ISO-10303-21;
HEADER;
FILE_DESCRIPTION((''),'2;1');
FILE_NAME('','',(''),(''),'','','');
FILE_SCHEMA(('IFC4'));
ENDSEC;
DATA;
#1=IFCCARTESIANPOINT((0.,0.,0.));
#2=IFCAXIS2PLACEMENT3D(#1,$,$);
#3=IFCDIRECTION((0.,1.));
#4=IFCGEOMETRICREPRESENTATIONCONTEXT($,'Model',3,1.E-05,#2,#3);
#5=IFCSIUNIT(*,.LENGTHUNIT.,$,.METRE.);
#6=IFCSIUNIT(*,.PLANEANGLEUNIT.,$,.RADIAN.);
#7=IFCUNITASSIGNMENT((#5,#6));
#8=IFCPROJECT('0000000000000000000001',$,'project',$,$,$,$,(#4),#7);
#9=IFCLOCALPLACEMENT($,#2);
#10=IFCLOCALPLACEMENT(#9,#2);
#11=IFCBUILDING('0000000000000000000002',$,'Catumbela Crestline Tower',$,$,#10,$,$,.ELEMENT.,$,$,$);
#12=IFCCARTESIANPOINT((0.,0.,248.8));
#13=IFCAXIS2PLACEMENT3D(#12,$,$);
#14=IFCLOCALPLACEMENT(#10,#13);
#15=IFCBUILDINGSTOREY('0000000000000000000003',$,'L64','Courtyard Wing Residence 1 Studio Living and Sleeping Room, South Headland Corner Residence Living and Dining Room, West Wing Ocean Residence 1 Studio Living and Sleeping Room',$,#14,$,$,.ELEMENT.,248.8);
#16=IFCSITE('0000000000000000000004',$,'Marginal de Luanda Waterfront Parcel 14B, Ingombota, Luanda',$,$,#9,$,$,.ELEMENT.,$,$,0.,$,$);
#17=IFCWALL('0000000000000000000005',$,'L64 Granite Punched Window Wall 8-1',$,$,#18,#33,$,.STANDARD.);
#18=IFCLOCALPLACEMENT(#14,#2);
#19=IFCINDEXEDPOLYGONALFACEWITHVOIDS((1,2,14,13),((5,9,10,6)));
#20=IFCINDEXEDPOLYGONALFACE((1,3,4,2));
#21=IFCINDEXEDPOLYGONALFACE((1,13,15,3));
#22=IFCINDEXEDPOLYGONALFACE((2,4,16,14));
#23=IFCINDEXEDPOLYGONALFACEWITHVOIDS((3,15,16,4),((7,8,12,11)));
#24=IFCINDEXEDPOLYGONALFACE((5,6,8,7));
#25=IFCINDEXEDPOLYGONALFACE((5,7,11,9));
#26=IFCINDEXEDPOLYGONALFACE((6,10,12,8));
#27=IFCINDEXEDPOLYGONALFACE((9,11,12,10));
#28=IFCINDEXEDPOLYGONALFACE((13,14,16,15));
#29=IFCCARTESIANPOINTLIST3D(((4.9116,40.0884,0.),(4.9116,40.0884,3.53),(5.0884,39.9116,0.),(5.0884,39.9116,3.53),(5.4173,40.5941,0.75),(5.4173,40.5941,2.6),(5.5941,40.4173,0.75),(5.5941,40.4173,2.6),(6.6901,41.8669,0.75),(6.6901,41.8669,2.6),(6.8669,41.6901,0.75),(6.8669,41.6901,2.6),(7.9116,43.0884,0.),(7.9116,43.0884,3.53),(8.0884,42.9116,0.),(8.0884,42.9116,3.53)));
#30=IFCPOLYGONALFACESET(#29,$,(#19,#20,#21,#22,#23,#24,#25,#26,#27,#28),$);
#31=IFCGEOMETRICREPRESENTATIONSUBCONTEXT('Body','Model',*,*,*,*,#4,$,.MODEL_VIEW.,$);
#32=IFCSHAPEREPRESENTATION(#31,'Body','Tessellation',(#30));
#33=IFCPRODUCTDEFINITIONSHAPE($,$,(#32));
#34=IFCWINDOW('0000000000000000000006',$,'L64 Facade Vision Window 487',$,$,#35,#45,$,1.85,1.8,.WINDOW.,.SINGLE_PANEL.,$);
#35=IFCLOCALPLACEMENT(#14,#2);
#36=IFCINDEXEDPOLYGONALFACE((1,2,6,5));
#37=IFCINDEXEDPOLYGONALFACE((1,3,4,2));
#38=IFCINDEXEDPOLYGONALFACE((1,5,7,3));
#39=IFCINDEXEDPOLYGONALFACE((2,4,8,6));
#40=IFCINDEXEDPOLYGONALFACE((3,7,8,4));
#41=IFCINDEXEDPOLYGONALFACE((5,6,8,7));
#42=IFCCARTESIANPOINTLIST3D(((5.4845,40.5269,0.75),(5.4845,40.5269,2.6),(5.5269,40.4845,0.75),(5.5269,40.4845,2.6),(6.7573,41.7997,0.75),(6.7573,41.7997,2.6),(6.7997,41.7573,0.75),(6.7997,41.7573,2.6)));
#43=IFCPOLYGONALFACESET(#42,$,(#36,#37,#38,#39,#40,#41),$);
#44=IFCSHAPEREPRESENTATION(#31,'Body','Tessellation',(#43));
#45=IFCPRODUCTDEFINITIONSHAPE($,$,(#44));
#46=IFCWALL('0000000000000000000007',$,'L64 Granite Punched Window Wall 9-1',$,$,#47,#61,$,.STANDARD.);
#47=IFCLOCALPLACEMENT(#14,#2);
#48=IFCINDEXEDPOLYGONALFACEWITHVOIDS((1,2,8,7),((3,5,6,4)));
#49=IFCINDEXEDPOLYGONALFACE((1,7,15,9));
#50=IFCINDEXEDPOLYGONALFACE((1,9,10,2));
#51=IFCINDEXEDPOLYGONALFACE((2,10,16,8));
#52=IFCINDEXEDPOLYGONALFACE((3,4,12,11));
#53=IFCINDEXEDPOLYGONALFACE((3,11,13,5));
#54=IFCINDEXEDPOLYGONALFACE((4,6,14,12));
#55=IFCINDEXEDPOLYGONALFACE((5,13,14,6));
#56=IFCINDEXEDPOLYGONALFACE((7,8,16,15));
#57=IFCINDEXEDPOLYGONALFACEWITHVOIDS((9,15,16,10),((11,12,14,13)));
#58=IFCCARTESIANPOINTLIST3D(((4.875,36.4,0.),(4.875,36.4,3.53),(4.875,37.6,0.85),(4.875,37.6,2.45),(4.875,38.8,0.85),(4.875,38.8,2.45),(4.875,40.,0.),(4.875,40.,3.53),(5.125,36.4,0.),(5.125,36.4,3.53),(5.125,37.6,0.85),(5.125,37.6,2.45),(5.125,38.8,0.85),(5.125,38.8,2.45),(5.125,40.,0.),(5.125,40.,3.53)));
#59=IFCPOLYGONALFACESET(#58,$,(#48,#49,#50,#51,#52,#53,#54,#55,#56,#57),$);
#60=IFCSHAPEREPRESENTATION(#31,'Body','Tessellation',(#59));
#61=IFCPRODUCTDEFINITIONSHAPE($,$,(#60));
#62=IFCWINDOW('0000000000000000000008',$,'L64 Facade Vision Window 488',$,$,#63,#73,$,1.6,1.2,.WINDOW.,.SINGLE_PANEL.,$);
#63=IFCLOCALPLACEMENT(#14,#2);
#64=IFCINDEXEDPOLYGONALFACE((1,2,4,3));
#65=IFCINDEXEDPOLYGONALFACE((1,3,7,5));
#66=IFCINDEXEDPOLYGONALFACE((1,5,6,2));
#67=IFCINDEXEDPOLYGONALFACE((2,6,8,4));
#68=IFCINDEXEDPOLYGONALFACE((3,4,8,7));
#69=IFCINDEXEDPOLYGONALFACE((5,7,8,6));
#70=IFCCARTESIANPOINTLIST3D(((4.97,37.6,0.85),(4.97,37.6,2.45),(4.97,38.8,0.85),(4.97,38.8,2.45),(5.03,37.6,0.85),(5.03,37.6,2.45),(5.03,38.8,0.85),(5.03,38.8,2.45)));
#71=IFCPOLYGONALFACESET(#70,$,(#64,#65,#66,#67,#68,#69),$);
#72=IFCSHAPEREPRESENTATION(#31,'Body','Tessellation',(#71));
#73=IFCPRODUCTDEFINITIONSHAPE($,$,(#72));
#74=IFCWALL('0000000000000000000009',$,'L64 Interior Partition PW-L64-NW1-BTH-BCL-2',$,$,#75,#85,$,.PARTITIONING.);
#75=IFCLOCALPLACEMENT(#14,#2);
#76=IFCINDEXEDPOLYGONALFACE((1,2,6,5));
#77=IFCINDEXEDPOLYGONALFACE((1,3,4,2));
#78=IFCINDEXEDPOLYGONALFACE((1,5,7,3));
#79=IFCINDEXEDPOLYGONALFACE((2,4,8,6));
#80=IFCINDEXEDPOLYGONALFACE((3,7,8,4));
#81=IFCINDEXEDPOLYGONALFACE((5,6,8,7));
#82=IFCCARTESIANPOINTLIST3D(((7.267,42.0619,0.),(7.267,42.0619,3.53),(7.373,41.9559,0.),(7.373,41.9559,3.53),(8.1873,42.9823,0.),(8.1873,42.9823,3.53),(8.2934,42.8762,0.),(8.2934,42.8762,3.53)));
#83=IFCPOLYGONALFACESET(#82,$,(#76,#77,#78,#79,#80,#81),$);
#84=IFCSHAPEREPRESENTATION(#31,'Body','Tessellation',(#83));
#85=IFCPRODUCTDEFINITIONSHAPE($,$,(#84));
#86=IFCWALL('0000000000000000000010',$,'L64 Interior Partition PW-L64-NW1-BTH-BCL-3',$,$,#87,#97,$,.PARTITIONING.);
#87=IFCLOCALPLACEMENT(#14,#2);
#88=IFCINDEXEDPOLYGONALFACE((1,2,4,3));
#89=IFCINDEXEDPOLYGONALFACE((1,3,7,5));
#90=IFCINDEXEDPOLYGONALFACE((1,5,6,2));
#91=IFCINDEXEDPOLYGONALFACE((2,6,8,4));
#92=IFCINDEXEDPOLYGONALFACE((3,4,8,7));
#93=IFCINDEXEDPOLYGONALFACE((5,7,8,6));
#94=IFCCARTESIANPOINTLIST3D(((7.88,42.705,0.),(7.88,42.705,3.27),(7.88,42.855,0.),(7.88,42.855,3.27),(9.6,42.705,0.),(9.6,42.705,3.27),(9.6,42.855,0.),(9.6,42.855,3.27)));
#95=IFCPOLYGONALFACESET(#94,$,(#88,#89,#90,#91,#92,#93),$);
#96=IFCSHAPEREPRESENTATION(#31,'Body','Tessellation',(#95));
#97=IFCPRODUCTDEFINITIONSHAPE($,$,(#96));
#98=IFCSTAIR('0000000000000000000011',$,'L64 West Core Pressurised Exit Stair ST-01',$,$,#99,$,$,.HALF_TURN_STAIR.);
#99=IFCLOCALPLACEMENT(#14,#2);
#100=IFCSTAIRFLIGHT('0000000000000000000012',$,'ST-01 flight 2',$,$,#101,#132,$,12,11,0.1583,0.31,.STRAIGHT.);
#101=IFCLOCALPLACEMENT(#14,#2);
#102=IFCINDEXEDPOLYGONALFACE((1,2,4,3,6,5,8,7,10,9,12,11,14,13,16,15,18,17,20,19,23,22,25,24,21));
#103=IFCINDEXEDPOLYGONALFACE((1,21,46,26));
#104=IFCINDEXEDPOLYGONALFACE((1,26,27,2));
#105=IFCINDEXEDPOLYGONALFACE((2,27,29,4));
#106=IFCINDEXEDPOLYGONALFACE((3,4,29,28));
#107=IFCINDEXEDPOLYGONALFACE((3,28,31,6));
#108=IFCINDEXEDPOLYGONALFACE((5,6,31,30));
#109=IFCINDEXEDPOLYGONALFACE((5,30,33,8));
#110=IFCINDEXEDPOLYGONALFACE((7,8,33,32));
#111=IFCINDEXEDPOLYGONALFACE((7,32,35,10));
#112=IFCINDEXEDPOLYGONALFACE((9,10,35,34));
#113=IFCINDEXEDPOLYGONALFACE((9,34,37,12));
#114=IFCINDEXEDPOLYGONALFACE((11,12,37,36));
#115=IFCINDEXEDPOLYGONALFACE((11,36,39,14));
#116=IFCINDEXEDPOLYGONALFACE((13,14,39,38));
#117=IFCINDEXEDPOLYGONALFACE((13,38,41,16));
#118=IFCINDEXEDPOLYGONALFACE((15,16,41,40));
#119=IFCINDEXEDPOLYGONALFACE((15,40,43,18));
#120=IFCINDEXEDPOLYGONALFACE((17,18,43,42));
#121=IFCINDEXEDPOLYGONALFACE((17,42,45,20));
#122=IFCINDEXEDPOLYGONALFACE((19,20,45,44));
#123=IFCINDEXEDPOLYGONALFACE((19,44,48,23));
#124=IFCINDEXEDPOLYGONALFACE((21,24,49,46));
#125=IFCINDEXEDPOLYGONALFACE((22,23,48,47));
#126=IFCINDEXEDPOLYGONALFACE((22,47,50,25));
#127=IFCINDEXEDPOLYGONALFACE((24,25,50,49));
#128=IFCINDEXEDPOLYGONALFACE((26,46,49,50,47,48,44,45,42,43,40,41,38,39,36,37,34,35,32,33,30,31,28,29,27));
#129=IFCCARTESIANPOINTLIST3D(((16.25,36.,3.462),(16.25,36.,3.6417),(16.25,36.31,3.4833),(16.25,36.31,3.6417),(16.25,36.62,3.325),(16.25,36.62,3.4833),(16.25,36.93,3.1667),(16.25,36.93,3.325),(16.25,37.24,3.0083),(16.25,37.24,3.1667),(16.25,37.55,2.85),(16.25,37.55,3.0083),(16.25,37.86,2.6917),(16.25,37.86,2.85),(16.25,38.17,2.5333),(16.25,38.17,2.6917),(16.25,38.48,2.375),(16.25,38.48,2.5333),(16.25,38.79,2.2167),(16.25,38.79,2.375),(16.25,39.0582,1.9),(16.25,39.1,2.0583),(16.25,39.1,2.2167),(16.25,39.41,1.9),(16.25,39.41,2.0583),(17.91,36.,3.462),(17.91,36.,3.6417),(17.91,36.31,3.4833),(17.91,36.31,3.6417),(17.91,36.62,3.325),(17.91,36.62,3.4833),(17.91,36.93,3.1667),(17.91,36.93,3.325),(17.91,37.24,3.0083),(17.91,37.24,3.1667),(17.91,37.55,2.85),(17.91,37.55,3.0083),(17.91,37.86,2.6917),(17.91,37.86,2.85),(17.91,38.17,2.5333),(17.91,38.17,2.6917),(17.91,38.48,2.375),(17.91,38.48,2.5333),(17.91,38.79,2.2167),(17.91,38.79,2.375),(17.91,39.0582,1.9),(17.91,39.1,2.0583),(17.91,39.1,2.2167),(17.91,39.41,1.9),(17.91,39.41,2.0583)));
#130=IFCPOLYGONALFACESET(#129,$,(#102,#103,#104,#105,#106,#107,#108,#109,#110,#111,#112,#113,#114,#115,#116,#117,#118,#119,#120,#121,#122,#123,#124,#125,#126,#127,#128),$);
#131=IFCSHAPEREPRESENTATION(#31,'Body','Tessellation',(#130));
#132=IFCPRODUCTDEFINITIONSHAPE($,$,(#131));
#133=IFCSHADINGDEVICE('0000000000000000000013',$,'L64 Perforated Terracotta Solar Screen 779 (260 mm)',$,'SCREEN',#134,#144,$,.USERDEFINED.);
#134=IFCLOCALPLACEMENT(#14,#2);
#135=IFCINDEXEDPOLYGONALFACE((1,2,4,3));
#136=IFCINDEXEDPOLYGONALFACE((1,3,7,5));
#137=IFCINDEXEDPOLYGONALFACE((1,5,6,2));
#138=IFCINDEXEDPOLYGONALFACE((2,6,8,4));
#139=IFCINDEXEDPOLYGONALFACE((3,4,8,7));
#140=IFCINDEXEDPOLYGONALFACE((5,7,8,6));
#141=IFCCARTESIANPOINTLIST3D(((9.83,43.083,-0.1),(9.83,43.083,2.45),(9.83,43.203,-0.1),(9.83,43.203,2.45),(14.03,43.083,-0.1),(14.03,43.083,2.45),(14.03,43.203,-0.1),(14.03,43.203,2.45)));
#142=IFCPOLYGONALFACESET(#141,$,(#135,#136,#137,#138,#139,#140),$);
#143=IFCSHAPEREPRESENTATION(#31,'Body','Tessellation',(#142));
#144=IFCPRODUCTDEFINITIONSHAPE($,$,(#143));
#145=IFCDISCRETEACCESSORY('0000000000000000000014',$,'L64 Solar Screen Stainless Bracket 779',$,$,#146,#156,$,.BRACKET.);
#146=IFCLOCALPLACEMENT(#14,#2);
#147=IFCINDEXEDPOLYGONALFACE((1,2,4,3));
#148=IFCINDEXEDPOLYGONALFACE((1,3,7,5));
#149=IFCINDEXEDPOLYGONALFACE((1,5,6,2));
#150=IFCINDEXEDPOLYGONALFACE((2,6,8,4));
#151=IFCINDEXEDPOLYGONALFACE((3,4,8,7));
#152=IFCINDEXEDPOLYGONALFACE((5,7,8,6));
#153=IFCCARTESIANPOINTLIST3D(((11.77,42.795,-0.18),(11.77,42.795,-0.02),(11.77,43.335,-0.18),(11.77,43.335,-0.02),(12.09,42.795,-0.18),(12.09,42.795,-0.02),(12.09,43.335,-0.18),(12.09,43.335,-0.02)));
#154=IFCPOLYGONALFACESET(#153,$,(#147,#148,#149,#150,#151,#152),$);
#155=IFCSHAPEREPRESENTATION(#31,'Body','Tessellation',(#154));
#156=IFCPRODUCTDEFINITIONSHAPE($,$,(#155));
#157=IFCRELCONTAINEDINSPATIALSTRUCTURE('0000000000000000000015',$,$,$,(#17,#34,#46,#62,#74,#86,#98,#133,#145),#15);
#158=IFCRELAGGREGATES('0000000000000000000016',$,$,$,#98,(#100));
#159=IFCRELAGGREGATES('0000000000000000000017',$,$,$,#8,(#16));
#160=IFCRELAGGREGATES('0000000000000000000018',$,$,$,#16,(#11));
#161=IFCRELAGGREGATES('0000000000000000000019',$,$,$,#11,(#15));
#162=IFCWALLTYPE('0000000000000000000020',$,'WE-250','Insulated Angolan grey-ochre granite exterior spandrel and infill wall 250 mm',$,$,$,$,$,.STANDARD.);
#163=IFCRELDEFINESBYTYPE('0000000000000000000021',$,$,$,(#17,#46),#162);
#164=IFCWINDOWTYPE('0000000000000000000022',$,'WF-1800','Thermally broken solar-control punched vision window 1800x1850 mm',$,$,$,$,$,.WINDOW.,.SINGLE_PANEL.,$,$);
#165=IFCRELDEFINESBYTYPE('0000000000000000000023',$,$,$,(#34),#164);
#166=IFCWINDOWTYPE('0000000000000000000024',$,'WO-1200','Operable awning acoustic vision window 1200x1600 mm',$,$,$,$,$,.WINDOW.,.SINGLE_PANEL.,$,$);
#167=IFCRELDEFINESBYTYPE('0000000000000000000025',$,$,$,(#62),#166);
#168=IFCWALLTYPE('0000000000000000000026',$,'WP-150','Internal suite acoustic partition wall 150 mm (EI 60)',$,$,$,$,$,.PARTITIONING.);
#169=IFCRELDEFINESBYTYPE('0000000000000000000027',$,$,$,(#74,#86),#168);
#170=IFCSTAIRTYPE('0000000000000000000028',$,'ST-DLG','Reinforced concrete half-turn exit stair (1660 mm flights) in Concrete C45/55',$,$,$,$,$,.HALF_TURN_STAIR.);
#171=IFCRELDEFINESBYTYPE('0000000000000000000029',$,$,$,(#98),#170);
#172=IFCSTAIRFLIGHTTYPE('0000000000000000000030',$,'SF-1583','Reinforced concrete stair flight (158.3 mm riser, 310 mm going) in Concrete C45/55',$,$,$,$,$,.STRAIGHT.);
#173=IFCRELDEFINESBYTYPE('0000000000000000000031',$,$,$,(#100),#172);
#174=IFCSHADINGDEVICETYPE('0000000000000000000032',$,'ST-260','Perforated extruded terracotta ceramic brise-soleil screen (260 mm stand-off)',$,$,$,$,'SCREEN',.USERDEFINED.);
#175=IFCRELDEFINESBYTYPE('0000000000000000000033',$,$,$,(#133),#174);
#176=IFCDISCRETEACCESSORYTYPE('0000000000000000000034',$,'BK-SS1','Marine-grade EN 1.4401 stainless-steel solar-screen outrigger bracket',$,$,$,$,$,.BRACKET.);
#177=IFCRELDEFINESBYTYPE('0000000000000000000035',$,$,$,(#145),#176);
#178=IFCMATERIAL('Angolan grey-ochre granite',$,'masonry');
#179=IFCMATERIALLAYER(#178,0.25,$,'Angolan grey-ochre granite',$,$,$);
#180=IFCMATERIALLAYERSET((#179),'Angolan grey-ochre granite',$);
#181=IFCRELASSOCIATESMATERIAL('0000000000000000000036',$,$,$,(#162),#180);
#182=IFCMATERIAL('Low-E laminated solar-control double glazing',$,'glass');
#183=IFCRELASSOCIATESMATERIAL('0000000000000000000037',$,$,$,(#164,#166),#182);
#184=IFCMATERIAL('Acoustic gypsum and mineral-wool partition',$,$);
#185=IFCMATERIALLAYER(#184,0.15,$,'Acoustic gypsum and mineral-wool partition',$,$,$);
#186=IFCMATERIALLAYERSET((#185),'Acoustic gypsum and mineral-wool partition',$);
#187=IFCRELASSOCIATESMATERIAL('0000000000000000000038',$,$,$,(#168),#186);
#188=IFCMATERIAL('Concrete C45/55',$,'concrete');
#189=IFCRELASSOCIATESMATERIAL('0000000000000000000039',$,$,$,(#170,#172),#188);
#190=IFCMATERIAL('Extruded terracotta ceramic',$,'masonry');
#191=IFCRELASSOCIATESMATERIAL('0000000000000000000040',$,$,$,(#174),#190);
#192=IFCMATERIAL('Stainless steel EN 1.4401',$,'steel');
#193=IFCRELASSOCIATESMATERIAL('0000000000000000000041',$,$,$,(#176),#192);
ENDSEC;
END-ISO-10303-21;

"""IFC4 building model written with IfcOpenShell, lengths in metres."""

from ifc_helpers import new_model, si_unit, direction, frame, frame_2d, origin, origin_2d, place, context, subcontext, project, spatial, polyline, rectangle, outline, extrude, material, layer, layer_set, type_object, element, fill, aggregate, save


model = new_model("IFC4")

# Units and contexts
model_context = context("Model", 3, precision=1e-05, world=origin(), true_north=direction((0.0, 1.0)))
body_context = subcontext(model_context, "Body", "Model", "MODEL_VIEW")
ifc_project = project(units=[si_unit("LENGTHUNIT", "METRE"), si_unit("PLANEANGLEUNIT", "RADIAN")], contexts=[model_context])

# Site, building, storey
site_placement = place(None, origin())
site = spatial("IfcSite", under=ifc_project, at=site_placement, Name="Marginal de Luanda Waterfront Parcel 14B, Ingombota, Luanda", CompositionType="ELEMENT", RefElevation=0.0)
building_placement = place(site_placement, origin())
building = spatial("IfcBuilding", under=site, at=building_placement, Name="Catumbela Crestline Tower", CompositionType="ELEMENT")
storey_placement = place(building_placement, frame((0.0, 0.0, 248.8)))
storey = spatial("IfcBuildingStorey", under=building, at=storey_placement, Name="L64", Description="Courtyard Wing Residence 1 Studio Living and Sleeping Room, South Headland Corner Residence Living and Dining Room, West Wing Ocean Residence 1 Studio Living and Sleeping Room", CompositionType="ELEMENT", Elevation=248.8)

# Shared definitions
ifc_material_1 = material(Name="Concrete C45/55", Category="concrete")

# Shared definitions
ifc_material_2 = material(Name="Low-E laminated solar-control double glazing", Category="glass")

# Walls, openings, windows
ifc_material_3 = material(Name="Angolan grey-ochre granite", Category="masonry")
ifc_layer_1 = layer(ifc_material_3, 0.25, Name="Angolan grey-ochre granite")
ifc_layer_set_1 = layer_set([ifc_layer_1], Name="Angolan grey-ochre granite")
wall_type_1 = type_object("IfcWallType", Name="WE-250", Description="Insulated Angolan grey-ochre granite exterior spandrel and infill wall 250 mm", PredefinedType="STANDARD", material=ifc_layer_set_1)
wall_1_placement = place(storey_placement, frame((8.0, 43.0, 0.0), z_axis=(0.0, 0.0, 1.0), x_axis=(-0.707107, -0.707107, 0.0)))
wall_1 = element("IfcWall", 1, at=wall_1_placement, inside=storey, type_object=wall_type_1, Name="L64 Granite Punched Window Wall 8-1", PredefinedType="STANDARD", context=body_context, shape_type="SweptSolid", body=[
    extrude(rectangle(XDim=4.2426, YDim=0.25, at=frame_2d((2.1213, 0.0))), origin(), (0.0, 0.0, 1.0), 3.53),
])
opening_1_placement = place(wall_1_placement, frame((1.7275, 0.0, 0.75)))
opening_1 = element("IfcOpeningElement", 2, at=opening_1_placement, cuts=wall_1, PredefinedType="OPENING", context=body_context, shape_type="SweptSolid", body=[
    extrude(rectangle(XDim=1.8, YDim=1.85, at=frame_2d((0.9, 0.925))), frame((0.0, 0.135, 0.0), z_axis=(0.0, -1.0, 0.0), x_axis=(1.0, 0.0, 0.0)), (0.0, 0.0, 1.0), 0.27),
])
window_type_1 = type_object("IfcWindowType", Name="WF-1800", Description="Thermally broken solar-control punched vision window 1800x1850 mm", PartitioningType="SINGLE_PANEL", PredefinedType="WINDOW", material=ifc_material_2)
window_1_placement = place(opening_1_placement, origin())
window_1 = element("IfcWindow", 3, at=window_1_placement, inside=storey, type_object=window_type_1, Name="L64 Facade Vision Window 487", OverallHeight=1.85, OverallWidth=1.8, PartitioningType="SINGLE_PANEL", PredefinedType="WINDOW", context=body_context, shape_type="SweptSolid", body=[
    extrude(rectangle(XDim=1.8, YDim=1.85, at=frame_2d((0.9, 0.925))), frame((0.0, 0.03, 0.0), z_axis=(0.0, -1.0, 0.0), x_axis=(1.0, 0.0, 0.0)), (0.0, 0.0, 1.0), 0.06),
])
fill(opening_1, window_1)
wall_2_placement = place(storey_placement, frame((5.0, 40.0, 0.0), z_axis=(0.0, 0.0, 1.0), x_axis=(0.0, -1.0, 0.0)))
wall_2 = element("IfcWall", 4, at=wall_2_placement, inside=storey, type_object=wall_type_1, Name="L64 Granite Punched Window Wall 9-1", PredefinedType="STANDARD", context=body_context, shape_type="SweptSolid", body=[
    extrude(rectangle(XDim=3.6, YDim=0.25, at=frame_2d((1.8, 0.0))), origin(), (0.0, 0.0, 1.0), 3.53),
])
opening_2_placement = place(wall_2_placement, frame((1.2, 0.0, 0.85)))
opening_2 = element("IfcOpeningElement", 5, at=opening_2_placement, cuts=wall_2, PredefinedType="OPENING", context=body_context, shape_type="SweptSolid", body=[
    extrude(rectangle(XDim=1.2, YDim=1.6, at=frame_2d((0.6, 0.8))), frame((0.0, 0.135, 0.0), z_axis=(0.0, -1.0, 0.0), x_axis=(1.0, 0.0, 0.0)), (0.0, 0.0, 1.0), 0.27),
])
window_type_2 = type_object("IfcWindowType", Name="WO-1200", Description="Operable awning acoustic vision window 1200x1600 mm", PartitioningType="SINGLE_PANEL", PredefinedType="WINDOW", material=ifc_material_2)
window_2_placement = place(opening_2_placement, origin())
window_2 = element("IfcWindow", 6, at=window_2_placement, inside=storey, type_object=window_type_2, Name="L64 Facade Vision Window 488", OverallHeight=1.6, OverallWidth=1.2, PartitioningType="SINGLE_PANEL", PredefinedType="WINDOW", context=body_context, shape_type="SweptSolid", body=[
    extrude(rectangle(XDim=1.2, YDim=1.6, at=frame_2d((0.6, 0.8))), frame((0.0, 0.03, 0.0), z_axis=(0.0, -1.0, 0.0), x_axis=(1.0, 0.0, 0.0)), (0.0, 0.0, 1.0), 0.06),
])
fill(opening_2, window_2)

# Walls
ifc_material_4 = material(Name="Acoustic gypsum and mineral-wool partition")
ifc_layer_2 = layer(ifc_material_4, 0.15, Name="Acoustic gypsum and mineral-wool partition")
ifc_layer_set_2 = layer_set([ifc_layer_2], Name="Acoustic gypsum and mineral-wool partition")
wall_type_2 = type_object("IfcWallType", Name="WP-150", Description="Internal suite acoustic partition wall 150 mm (EI 60)", PredefinedType="PARTITIONING", material=ifc_layer_set_2)
wall_3_placement = place(storey_placement, frame((7.32, 42.0089, 0.0), z_axis=(0.0, 0.0, 1.0), x_axis=(0.707107, 0.707107, 0.0)))
element("IfcWall", 7, at=wall_3_placement, inside=storey, type_object=wall_type_2, Name="L64 Interior Partition PW-L64-NW1-BTH-BCL-2", PredefinedType="PARTITIONING", context=body_context, shape_type="SweptSolid", body=[
    extrude(rectangle(XDim=1.3016, YDim=0.15, at=frame_2d((0.6508, 0.0))), origin(), (0.0, 0.0, 1.0), 3.53),
])
wall_4_placement = place(storey_placement, frame((7.88, 42.78, 0.0), z_axis=(0.0, 0.0, 1.0), x_axis=(1.0, 0.0, 0.0)))
element("IfcWall", 8, at=wall_4_placement, inside=storey, type_object=wall_type_2, Name="L64 Interior Partition PW-L64-NW1-BTH-BCL-3", PredefinedType="PARTITIONING", context=body_context, shape_type="SweptSolid", body=[
    extrude(rectangle(XDim=1.72, YDim=0.15, at=frame_2d((0.86, 0.0))), origin(), (0.0, 0.0, 1.0), 3.27),
])

# Stair, stair flight
stair_type = type_object("IfcStairType", Name="ST-DLG", Description="Reinforced concrete half-turn exit stair (1660 mm flights) in Concrete C45/55", PredefinedType="HALF_TURN_STAIR", material=ifc_material_1)
stair_placement = place(storey_placement, origin())
stair = element("IfcStair", 9, at=stair_placement, inside=storey, type_object=stair_type, Name="L64 West Core Pressurised Exit Stair ST-01", PredefinedType="HALF_TURN_STAIR")
stair_flight_type = type_object("IfcStairFlightType", Name="SF-1583", Description="Reinforced concrete stair flight (158.3 mm riser, 310 mm going) in Concrete C45/55", PredefinedType="STRAIGHT", material=ifc_material_1)
stair_flight_placement = place(storey_placement, frame((17.08, 39.41, 1.9), z_axis=(0.0, 0.0, 1.0), x_axis=(0.0, -1.0, 0.0)))
stair_flight = element("IfcStairFlight", 10, at=stair_flight_placement, type_object=stair_flight_type, Name="ST-01 flight 2", NumberOfRisers=12, NumberOfTreads=11, PredefinedType="STRAIGHT", RiserHeight=0.1583, TreadLength=0.31, context=body_context, shape_type="SweptSolid", body=[
    extrude(outline(polyline([(0.0, 0.0), (0.0, 0.1583), (0.31, 0.1583), (0.31, 0.3167), (0.62, 0.3167), (0.62, 0.475), (0.93, 0.475), (0.93, 0.6333), (1.24, 0.6333), (1.24, 0.7917), (1.55, 0.7917), (1.55, 0.95), (1.86, 0.95), (1.86, 1.1083), (2.17, 1.1083), (2.17, 1.2667), (2.48, 1.2667), (2.48, 1.425), (2.79, 1.425), (2.79, 1.5833), (3.1, 1.5833), (3.1, 1.7417), (3.41, 1.7417), (3.41, 1.9), (3.41, 1.562), (0.3518, 0.0), (0.0, 0.0)])), frame((0.0, 0.83, 0.0), z_axis=(0.0, -1.0, 0.0), x_axis=(1.0, 0.0, 0.0)), (0.0, 0.0, 1.0), 1.66),
])
aggregate(stair, [stair_flight])

# Shading device
ifc_material_5 = material(Name="Extruded terracotta ceramic", Category="masonry")
shading_device_type = type_object("IfcShadingDeviceType", Name="ST-260", Description="Perforated extruded terracotta ceramic brise-soleil screen (260 mm stand-off)", ElementType="SCREEN", PredefinedType="USERDEFINED", material=ifc_material_5)
shading_device_placement = place(storey_placement, frame((11.93, 43.143, -0.1), z_axis=(0.0, 0.0, 1.0), x_axis=(-1.0, 0.0, 0.0)))
element("IfcShadingDevice", 11, at=shading_device_placement, inside=storey, type_object=shading_device_type, Name="L64 Perforated Terracotta Solar Screen 779 (260 mm)", ObjectType="SCREEN", PredefinedType="USERDEFINED", context=body_context, shape_type="SweptSolid", body=[
    extrude(rectangle(XDim=4.2, YDim=0.12, at=origin_2d()), origin(), (0.0, 0.0, 1.0), 2.55),
])

# Discrete accessory
ifc_material_6 = material(Name="Stainless steel EN 1.4401", Category="steel")
discrete_accessory_type = type_object("IfcDiscreteAccessoryType", Name="BK-SS1", Description="Marine-grade EN 1.4401 stainless-steel solar-screen outrigger bracket", PredefinedType="BRACKET", material=ifc_material_6)
discrete_accessory_placement = place(storey_placement, frame((11.93, 43.065, -0.18), z_axis=(0.0, 0.0, 1.0), x_axis=(-1.0, 0.0, 0.0)))
element("IfcDiscreteAccessory", 12, at=discrete_accessory_placement, inside=storey, type_object=discrete_accessory_type, Name="L64 Solar Screen Stainless Bracket 779", PredefinedType="BRACKET", context=body_context, shape_type="SweptSolid", body=[
    extrude(rectangle(XDim=0.32, YDim=0.54, at=origin_2d()), origin(), (0.0, 0.0, 1.0), 0.16),
])

save(model, "model.ifc")
